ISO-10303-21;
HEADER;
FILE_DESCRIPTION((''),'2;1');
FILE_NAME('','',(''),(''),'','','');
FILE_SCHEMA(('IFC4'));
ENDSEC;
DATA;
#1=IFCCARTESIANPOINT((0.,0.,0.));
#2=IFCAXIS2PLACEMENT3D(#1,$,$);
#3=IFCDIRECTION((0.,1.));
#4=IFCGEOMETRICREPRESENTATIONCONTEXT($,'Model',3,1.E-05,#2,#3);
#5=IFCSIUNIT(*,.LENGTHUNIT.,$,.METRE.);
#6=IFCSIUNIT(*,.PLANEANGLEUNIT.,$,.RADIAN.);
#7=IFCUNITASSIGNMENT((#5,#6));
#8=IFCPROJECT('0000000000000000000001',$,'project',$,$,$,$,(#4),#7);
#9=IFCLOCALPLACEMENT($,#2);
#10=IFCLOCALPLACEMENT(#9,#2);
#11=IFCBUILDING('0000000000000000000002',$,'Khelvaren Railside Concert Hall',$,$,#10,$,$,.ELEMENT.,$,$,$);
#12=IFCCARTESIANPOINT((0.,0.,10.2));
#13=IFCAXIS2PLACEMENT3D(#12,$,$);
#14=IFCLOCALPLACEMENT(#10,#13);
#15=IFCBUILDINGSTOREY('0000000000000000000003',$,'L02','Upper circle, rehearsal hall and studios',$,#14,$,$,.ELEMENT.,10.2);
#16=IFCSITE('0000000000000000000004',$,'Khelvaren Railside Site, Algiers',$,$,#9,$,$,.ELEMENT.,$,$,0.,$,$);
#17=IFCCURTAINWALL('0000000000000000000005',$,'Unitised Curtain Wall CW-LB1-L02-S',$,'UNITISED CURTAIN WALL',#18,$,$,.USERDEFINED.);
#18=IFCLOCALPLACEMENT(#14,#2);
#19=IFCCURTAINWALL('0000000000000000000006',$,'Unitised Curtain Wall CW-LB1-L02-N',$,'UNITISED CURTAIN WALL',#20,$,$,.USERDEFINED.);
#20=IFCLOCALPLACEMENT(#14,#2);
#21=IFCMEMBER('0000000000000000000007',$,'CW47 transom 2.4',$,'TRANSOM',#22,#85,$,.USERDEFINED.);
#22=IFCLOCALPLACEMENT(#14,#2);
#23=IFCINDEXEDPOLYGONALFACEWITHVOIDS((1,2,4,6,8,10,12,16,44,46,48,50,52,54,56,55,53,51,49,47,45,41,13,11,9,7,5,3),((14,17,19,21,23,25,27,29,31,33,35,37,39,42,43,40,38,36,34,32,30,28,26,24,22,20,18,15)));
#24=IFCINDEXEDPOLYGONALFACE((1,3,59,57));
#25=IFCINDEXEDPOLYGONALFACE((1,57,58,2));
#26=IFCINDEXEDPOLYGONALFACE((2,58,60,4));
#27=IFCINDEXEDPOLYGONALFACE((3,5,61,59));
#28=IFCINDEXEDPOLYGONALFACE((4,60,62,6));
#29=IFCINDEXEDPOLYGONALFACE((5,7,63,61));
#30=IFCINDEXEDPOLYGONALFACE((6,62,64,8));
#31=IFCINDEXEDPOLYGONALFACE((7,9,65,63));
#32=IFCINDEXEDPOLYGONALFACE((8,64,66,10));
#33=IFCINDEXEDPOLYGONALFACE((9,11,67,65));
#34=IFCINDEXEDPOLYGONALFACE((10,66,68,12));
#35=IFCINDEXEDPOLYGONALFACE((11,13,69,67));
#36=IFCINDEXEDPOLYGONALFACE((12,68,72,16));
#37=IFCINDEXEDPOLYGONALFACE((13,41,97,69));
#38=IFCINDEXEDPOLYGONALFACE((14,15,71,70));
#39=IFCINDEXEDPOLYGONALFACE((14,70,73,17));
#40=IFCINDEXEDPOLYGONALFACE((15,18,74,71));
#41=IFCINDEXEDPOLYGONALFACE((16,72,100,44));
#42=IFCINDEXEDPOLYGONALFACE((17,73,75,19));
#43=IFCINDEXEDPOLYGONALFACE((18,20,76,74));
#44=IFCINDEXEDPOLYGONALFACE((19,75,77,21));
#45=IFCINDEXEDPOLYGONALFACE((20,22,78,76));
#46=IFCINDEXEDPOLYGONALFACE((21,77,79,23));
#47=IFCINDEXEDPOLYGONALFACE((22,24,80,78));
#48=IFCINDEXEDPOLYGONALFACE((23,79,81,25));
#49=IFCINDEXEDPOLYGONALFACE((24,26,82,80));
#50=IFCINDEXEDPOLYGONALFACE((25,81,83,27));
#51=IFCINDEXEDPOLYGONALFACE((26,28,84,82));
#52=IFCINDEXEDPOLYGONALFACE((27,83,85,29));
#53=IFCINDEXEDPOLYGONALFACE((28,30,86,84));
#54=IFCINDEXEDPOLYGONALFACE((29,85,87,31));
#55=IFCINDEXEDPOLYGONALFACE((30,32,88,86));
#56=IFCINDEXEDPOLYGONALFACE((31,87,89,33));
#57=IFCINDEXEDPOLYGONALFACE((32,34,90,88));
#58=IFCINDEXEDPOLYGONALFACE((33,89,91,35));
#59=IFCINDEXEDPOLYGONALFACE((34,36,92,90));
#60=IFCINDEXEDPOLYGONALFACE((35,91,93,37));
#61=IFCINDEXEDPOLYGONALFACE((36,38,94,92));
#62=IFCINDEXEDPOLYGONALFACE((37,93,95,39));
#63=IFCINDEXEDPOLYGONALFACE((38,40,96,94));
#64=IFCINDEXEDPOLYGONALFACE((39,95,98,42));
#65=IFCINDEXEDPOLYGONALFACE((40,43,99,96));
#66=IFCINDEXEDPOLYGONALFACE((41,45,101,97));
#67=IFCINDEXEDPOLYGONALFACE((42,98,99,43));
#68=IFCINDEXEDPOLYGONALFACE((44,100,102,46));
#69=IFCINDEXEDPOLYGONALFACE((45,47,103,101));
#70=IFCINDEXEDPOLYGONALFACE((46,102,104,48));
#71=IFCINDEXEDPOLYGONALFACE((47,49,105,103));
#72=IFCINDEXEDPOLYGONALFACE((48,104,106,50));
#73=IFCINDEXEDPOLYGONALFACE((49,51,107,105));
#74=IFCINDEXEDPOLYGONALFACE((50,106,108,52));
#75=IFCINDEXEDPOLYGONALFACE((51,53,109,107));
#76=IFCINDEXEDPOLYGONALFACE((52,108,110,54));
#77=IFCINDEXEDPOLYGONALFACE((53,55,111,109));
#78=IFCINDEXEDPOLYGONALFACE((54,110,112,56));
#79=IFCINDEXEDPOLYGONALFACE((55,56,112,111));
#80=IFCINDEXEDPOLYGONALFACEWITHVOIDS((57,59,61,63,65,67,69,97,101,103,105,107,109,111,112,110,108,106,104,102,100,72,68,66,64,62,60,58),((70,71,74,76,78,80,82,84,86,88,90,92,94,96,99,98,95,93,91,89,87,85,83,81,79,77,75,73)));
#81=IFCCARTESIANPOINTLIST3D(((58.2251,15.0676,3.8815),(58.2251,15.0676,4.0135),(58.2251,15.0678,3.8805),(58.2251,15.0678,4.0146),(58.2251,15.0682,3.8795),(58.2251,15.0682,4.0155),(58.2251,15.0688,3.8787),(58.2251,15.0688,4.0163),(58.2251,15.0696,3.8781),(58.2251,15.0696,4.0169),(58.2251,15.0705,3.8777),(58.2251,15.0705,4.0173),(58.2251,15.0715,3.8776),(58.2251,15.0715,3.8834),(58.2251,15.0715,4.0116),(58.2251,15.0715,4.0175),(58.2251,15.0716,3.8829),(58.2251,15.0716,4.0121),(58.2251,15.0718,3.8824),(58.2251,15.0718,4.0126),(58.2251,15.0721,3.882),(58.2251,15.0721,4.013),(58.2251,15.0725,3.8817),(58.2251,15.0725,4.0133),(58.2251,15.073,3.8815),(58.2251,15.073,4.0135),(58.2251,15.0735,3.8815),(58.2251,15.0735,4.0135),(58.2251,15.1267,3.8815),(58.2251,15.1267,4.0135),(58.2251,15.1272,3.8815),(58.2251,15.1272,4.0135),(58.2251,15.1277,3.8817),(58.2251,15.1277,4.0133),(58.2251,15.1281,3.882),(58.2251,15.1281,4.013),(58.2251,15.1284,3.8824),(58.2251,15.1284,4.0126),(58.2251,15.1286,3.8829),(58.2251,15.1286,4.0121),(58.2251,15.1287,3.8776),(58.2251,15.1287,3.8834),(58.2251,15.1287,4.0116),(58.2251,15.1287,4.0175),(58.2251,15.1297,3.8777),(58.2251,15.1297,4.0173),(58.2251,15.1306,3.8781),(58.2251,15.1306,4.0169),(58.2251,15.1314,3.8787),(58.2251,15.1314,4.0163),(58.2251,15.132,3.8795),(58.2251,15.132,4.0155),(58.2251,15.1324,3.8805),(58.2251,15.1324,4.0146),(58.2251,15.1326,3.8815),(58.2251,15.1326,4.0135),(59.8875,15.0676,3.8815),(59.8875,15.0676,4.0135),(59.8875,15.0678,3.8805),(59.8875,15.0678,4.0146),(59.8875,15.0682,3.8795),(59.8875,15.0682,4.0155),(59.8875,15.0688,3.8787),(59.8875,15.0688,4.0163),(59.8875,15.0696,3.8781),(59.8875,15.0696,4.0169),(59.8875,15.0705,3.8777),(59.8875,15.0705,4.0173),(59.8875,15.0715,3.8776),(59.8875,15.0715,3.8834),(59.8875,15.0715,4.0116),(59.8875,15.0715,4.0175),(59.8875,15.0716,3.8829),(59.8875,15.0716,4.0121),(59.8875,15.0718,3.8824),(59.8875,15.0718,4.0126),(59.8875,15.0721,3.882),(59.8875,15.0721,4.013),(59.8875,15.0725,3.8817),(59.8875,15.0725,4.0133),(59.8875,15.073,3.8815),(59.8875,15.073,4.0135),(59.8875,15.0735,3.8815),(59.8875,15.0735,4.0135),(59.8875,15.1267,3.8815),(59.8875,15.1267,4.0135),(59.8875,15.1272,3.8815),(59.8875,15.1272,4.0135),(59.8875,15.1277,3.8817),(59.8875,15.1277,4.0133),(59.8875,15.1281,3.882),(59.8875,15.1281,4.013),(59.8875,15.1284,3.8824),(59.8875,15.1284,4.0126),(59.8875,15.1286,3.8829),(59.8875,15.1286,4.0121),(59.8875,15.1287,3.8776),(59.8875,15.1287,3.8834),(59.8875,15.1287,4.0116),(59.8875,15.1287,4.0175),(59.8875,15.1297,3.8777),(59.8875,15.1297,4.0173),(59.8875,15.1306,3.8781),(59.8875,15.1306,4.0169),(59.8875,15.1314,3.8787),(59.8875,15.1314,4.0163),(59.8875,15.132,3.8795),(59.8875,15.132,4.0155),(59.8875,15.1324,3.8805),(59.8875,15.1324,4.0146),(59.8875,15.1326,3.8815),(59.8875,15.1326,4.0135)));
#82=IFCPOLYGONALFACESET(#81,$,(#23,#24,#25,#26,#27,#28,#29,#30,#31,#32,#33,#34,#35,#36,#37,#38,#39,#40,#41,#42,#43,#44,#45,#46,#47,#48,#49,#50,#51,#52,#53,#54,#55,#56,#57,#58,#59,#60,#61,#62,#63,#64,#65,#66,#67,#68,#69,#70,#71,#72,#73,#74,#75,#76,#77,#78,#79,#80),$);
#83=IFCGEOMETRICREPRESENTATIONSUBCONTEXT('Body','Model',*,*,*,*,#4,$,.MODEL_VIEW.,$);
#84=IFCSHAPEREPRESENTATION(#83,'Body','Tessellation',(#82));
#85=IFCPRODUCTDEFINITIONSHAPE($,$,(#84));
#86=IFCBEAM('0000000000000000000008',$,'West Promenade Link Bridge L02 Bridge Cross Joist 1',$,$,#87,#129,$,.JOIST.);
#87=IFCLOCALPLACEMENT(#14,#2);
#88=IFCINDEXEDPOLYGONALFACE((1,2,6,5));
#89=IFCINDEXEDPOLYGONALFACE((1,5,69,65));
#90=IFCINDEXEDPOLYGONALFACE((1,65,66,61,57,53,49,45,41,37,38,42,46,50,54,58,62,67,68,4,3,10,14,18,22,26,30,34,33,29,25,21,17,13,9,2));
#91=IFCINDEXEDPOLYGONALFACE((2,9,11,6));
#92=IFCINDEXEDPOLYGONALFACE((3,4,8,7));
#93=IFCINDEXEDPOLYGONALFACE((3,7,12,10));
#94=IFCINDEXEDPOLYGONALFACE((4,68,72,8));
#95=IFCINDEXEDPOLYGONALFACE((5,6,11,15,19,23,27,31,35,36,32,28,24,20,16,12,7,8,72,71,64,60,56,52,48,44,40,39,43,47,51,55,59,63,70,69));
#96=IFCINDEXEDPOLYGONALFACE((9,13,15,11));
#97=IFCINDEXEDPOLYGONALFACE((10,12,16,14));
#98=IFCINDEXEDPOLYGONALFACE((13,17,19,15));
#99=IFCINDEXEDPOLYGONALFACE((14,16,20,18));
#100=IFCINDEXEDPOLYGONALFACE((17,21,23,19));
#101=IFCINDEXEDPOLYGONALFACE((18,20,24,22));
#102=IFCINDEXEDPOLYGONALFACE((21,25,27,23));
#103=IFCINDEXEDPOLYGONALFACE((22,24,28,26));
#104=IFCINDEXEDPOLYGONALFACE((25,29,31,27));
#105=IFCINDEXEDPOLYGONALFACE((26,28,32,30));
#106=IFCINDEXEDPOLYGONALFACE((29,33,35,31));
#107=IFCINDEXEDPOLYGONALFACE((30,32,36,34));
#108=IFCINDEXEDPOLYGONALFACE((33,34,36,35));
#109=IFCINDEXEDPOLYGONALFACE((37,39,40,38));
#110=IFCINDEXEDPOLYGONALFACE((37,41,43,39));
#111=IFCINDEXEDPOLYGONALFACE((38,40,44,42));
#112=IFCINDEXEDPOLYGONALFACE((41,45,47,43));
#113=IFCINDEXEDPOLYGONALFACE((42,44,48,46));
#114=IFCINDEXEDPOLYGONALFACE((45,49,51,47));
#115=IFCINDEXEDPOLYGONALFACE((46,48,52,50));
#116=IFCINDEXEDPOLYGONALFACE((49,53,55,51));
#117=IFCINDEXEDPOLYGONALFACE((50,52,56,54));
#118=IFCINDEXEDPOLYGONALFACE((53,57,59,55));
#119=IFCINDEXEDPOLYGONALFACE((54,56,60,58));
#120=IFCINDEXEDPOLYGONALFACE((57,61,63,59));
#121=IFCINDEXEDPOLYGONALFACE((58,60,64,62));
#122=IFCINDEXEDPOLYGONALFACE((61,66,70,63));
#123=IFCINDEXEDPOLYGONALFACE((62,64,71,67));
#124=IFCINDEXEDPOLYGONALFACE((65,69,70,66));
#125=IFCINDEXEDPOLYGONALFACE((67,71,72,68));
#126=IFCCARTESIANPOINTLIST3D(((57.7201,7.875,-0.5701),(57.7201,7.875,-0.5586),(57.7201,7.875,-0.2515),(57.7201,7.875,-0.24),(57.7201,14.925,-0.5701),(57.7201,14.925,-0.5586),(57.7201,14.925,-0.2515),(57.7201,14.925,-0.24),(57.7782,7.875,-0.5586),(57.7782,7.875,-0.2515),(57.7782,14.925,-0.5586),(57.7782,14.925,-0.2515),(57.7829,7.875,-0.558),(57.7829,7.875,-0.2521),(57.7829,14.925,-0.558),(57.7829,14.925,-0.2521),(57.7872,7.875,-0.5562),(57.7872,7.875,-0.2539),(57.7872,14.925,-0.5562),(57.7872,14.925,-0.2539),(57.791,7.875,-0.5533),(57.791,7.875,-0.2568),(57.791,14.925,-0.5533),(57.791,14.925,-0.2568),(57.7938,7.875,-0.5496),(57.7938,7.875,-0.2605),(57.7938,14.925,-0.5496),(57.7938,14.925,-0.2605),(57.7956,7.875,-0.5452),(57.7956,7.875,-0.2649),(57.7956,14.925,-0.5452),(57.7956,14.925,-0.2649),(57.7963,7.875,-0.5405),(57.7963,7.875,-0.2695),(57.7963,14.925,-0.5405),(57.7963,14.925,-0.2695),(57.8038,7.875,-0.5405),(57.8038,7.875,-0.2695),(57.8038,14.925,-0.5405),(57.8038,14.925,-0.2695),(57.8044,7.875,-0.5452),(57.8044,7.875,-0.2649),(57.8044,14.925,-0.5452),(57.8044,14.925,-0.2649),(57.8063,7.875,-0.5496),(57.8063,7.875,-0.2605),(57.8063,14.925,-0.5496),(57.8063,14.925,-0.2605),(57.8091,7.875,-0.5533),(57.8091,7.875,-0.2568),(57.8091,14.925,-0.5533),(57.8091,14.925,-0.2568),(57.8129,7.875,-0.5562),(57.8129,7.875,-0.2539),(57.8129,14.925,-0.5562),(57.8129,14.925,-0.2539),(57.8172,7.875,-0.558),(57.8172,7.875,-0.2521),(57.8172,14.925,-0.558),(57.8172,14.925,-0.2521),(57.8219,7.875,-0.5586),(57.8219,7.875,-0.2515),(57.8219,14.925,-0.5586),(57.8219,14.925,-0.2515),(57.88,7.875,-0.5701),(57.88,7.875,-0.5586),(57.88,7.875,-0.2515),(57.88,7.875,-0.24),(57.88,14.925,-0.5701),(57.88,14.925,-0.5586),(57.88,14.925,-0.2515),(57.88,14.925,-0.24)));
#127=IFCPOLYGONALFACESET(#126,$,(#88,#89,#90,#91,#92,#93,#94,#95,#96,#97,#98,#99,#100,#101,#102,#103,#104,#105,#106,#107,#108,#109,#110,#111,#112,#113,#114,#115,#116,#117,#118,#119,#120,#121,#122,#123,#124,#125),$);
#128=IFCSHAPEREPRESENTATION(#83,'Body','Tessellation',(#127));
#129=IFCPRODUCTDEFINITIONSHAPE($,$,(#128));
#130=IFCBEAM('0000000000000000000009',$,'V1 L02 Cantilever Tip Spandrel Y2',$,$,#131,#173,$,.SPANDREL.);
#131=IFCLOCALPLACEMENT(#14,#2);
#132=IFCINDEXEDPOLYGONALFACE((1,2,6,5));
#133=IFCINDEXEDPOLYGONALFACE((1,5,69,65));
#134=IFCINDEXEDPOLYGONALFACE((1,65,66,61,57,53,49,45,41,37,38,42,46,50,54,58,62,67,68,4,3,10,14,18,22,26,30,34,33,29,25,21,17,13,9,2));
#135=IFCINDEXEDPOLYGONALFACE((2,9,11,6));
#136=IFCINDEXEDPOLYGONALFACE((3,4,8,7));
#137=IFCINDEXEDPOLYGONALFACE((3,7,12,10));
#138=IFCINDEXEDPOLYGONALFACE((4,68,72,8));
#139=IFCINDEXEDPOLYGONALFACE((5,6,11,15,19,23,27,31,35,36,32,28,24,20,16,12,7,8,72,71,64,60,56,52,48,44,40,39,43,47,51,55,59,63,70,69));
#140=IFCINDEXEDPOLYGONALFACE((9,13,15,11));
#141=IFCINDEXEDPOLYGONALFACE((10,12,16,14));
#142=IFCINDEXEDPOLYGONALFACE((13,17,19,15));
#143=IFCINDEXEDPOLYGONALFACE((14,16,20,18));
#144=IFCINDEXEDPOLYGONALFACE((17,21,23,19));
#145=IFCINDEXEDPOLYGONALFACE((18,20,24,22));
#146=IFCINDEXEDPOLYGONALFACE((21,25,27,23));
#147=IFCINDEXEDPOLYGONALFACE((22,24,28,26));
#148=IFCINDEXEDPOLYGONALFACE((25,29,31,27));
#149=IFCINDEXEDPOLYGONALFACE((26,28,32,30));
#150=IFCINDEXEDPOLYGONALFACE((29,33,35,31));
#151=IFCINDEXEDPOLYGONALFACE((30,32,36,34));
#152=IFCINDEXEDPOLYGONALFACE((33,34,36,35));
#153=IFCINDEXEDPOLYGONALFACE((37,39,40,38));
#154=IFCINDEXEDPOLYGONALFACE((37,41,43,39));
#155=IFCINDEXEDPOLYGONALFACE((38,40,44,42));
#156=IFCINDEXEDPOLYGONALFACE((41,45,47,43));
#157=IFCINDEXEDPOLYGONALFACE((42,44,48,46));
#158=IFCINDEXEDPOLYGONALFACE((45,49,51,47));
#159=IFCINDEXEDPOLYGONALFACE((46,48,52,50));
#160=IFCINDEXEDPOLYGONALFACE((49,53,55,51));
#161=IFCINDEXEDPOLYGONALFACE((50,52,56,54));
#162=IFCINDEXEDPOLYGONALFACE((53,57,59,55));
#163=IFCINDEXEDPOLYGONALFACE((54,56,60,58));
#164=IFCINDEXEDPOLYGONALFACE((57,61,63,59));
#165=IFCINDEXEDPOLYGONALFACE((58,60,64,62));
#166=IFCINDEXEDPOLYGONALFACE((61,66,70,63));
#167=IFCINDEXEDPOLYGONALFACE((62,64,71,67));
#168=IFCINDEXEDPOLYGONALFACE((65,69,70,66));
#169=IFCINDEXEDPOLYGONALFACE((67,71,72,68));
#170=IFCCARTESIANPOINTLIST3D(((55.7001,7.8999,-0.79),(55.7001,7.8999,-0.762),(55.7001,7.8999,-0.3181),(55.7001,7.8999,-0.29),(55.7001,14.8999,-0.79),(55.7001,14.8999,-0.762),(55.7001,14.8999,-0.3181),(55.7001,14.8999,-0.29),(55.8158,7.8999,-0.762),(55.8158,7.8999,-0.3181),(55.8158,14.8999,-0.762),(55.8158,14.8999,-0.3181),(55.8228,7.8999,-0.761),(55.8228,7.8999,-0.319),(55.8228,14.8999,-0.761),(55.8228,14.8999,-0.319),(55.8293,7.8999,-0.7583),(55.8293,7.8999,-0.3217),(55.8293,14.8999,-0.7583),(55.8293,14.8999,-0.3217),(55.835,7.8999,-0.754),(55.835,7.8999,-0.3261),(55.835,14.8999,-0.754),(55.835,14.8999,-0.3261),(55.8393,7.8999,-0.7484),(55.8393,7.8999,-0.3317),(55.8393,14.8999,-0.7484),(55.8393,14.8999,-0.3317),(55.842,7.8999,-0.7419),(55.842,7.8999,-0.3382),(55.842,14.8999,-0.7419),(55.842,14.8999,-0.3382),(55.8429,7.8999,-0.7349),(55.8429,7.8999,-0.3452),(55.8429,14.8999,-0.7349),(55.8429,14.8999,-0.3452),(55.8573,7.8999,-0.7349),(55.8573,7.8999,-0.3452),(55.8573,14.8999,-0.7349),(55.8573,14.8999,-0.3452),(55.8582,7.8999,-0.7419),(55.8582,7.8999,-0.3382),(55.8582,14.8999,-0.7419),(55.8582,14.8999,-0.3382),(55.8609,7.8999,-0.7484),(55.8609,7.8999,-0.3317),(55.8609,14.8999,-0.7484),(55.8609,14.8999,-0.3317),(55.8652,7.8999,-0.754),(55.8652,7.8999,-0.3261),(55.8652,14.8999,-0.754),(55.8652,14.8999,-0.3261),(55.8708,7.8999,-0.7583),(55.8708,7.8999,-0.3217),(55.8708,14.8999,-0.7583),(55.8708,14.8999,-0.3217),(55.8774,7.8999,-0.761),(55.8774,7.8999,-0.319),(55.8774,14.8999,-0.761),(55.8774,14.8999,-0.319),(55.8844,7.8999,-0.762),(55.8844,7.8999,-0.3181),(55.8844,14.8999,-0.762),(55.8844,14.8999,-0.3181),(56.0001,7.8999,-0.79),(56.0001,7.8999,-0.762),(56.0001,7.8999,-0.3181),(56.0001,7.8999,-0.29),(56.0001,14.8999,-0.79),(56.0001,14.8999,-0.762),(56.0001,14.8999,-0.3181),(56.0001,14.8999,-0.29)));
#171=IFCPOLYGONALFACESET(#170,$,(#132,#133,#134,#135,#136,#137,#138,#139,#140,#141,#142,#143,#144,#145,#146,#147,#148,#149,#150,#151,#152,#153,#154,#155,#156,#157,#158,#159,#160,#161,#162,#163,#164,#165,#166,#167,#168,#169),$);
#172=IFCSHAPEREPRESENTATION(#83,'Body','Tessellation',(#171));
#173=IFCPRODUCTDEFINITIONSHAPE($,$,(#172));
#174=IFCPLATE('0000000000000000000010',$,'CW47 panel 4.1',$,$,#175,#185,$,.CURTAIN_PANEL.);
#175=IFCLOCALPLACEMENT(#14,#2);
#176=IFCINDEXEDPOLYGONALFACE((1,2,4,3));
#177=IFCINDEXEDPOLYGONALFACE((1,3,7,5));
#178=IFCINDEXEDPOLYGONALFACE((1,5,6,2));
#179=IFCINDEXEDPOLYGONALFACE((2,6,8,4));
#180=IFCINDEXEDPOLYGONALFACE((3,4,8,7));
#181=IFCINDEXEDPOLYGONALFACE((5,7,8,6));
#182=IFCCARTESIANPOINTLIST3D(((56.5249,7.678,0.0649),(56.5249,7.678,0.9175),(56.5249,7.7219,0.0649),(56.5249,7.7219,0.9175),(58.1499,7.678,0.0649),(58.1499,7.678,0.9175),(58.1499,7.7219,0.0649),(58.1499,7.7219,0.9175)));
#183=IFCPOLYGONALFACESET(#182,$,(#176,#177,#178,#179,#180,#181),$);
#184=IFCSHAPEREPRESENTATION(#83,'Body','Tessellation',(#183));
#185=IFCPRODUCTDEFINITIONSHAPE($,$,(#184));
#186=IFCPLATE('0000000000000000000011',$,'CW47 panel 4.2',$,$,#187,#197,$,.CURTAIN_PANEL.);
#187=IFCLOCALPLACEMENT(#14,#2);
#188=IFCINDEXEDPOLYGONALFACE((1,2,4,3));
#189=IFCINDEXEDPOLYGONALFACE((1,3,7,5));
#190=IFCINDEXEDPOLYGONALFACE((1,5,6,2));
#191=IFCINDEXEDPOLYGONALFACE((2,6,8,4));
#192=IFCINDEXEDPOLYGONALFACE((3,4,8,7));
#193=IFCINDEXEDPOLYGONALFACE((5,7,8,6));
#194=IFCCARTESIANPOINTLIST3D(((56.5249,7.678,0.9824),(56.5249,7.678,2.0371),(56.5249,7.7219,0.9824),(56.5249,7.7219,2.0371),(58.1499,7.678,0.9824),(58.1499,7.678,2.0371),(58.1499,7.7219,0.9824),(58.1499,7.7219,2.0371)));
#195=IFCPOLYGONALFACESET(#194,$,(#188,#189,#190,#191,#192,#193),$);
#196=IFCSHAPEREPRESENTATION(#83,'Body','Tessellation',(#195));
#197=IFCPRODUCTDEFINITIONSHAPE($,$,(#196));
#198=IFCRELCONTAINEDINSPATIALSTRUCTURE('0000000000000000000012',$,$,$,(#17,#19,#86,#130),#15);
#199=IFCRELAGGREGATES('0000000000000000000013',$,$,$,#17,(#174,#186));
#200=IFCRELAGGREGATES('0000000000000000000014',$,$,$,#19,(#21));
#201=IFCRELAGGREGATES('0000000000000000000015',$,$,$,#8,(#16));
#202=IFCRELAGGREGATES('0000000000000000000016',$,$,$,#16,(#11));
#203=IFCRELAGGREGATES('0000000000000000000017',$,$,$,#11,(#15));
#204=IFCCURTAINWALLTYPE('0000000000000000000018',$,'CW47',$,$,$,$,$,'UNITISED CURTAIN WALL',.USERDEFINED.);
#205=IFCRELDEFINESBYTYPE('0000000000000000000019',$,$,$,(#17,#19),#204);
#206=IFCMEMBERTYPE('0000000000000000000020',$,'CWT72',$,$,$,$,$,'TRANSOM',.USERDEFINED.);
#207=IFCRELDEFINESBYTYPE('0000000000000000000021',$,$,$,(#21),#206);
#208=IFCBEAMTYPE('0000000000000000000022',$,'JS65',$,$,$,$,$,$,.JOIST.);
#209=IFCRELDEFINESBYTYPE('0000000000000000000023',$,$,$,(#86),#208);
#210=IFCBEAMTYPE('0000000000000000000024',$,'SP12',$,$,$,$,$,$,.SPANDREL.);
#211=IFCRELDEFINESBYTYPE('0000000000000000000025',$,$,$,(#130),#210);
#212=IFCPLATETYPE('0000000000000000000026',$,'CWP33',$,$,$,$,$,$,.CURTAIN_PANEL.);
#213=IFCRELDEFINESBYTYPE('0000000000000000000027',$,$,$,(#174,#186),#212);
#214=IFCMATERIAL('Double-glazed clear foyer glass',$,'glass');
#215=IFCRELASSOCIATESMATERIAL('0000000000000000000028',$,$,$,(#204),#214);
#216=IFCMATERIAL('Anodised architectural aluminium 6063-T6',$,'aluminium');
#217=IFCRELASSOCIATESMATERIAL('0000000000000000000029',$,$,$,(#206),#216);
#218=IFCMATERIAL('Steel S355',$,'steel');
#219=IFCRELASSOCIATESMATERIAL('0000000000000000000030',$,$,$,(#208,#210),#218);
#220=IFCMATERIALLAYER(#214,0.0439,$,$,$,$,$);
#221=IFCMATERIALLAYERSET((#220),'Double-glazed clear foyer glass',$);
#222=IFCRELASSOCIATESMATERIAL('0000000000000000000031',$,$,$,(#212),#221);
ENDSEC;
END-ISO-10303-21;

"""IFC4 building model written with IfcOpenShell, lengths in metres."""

from ifc_helpers import new_model, si_unit, direction, frame, origin, origin_2d, place, context, subcontext, project, spatial, rectangle, hollow_rectangle, i_section, extrude, material, layer, layer_set, material_profile, profile_set, type_object, element, aggregate, save


model = new_model("IFC4")

# Units and contexts
model_context = context("Model", 3, precision=1e-05, world=origin(), true_north=direction((0.0, 1.0)))
body_context = subcontext(model_context, "Body", "Model", "MODEL_VIEW")
ifc_project = project(units=[si_unit("LENGTHUNIT", "METRE"), si_unit("PLANEANGLEUNIT", "RADIAN")], contexts=[model_context])

# Site, building, storey
site_placement = place(None, origin())
site = spatial("IfcSite", under=ifc_project, at=site_placement, Name="Khelvaren Railside Site, Algiers", CompositionType="ELEMENT", RefElevation=0.0)
building_placement = place(site_placement, origin())
building = spatial("IfcBuilding", under=site, at=building_placement, Name="Khelvaren Railside Concert Hall", CompositionType="ELEMENT")
storey_placement = place(building_placement, frame((0.0, 0.0, 10.2)))
storey = spatial("IfcBuildingStorey", under=building, at=storey_placement, Name="L02", Description="Upper circle, rehearsal hall and studios", CompositionType="ELEMENT", Elevation=10.2)

# Shared definitions
ifc_material_1 = material(Name="Double-glazed clear foyer glass", Category="glass")
ifc_material_2 = material(Name="Anodised architectural aluminium 6063-T6", Category="aluminium")

# Curtain walls
curtain_wall_type_1 = type_object("IfcCurtainWallType", Name="CW47", ElementType="UNITISED CURTAIN WALL", PredefinedType="USERDEFINED", material=ifc_material_1)
curtain_wall_1_placement = place(storey_placement, origin())
curtain_wall_1 = element("IfcCurtainWall", 1, at=curtain_wall_1_placement, inside=storey, type_object=curtain_wall_type_1, Name="Unitised Curtain Wall CW-LB1-L02-S", ObjectType="UNITISED CURTAIN WALL", PredefinedType="USERDEFINED")
curtain_wall_2_placement = place(storey_placement, origin())
curtain_wall_2 = element("IfcCurtainWall", 2, at=curtain_wall_2_placement, inside=storey, type_object=curtain_wall_type_1, Name="Unitised Curtain Wall CW-LB1-L02-N", ObjectType="UNITISED CURTAIN WALL", PredefinedType="USERDEFINED")

# Member
ifc_material_profile_1 = material_profile(ifc_material_2, hollow_rectangle(XDim=0.0649, YDim=0.1399, WallThickness=0.0039, InnerFilletRadius=0.002, OuterFilletRadius=0.0039, at=origin_2d()), Name="CWT 65x140x4")
ifc_profile_set_1 = profile_set([ifc_material_profile_1], Name="Anodised architectural aluminium 6063-T6")
member_type_1 = type_object("IfcMemberType", Name="CWT72", ElementType="TRANSOM", PredefinedType="USERDEFINED", material=ifc_profile_set_1)
member_1_placement = place(storey_placement, frame((58.2251, 15.1001, 3.9475), z_axis=(1.0, 0.0, 0.0), x_axis=(0.0, 1.0, 0.0)))
member_1 = element("IfcMember", 3, at=member_1_placement, type_object=member_type_1, Name="CW47 transom 2.4", ObjectType="TRANSOM", PredefinedType="USERDEFINED", context=body_context, shape_type="SweptSolid", body=[
    extrude(hollow_rectangle(XDim=0.0649, YDim=0.1399, WallThickness=0.0039, InnerFilletRadius=0.002, OuterFilletRadius=0.0039, at=origin_2d()), origin(), (0.0, 0.0, 1.0), 1.6624),
])

# Beams
ifc_material_3 = material(Name="Steel S355", Category="steel")
ifc_material_profile_2 = material_profile(ifc_material_3, i_section(OverallWidth=0.1599, OverallDepth=0.3301, WebThickness=0.0076, FlangeThickness=0.0115, FilletRadius=0.0181, at=origin_2d()), Name="IPE 330")
ifc_profile_set_2 = profile_set([ifc_material_profile_2], Name="Steel S355")
beam_type_1 = type_object("IfcBeamType", Name="JS65", PredefinedType="JOIST", material=ifc_profile_set_2)
beam_1_placement = place(storey_placement, frame((57.8, 7.875, -0.405), z_axis=(0.0, 1.0, 0.0), x_axis=(-1.0, 0.0, 0.0)))
element("IfcBeam", 4, at=beam_1_placement, inside=storey, type_object=beam_type_1, Name="West Promenade Link Bridge L02 Bridge Cross Joist 1", PredefinedType="JOIST", context=body_context, shape_type="SweptSolid", body=[
    extrude(i_section(OverallWidth=0.1599, OverallDepth=0.3301, WebThickness=0.0076, FlangeThickness=0.0115, FilletRadius=0.0181, at=origin_2d()), origin(), (0.0, 0.0, 1.0), 7.05),
])
ifc_material_profile_3 = material_profile(ifc_material_3, i_section(OverallWidth=0.3, OverallDepth=0.5, WebThickness=0.0144, FlangeThickness=0.0281, FilletRadius=0.0271, at=origin_2d()), Name="HEB 500")
ifc_profile_set_3 = profile_set([ifc_material_profile_3], Name="Steel S355")
beam_type_2 = type_object("IfcBeamType", Name="SP12", PredefinedType="SPANDREL", material=ifc_profile_set_3)
beam_2_placement = place(storey_placement, frame((55.8501, 7.8999, -0.54), z_axis=(0.0, 1.0, 0.0), x_axis=(-1.0, 0.0, 0.0)))
element("IfcBeam", 5, at=beam_2_placement, inside=storey, type_object=beam_type_2, Name="V1 L02 Cantilever Tip Spandrel Y2", PredefinedType="SPANDREL", context=body_context, shape_type="SweptSolid", body=[
    extrude(i_section(OverallWidth=0.3, OverallDepth=0.5, WebThickness=0.0144, FlangeThickness=0.0281, FilletRadius=0.0271, at=origin_2d()), origin(), (0.0, 0.0, 1.0), 7.0),
])

# Plates
ifc_layer = layer(ifc_material_1, 0.0439)
ifc_layer_set = layer_set([ifc_layer], Name="Double-glazed clear foyer glass")
plate_type = type_object("IfcPlateType", Name="CWP33", PredefinedType="CURTAIN_PANEL", material=ifc_layer_set)
plate_1_placement = place(storey_placement, frame((57.3374, 7.7, 0.0649), z_axis=(0.0, 0.0, 1.0), x_axis=(-1.0, 0.0, 0.0)))
plate_1 = element("IfcPlate", 6, at=plate_1_placement, type_object=plate_type, Name="CW47 panel 4.1", PredefinedType="CURTAIN_PANEL", context=body_context, shape_type="SweptSolid", body=[
    extrude(rectangle(XDim=1.625, YDim=0.0439, at=origin_2d()), origin(), (0.0, 0.0, 1.0), 0.8525),
])
plate_2_placement = place(storey_placement, frame((57.3374, 7.7, 0.9824), z_axis=(0.0, 0.0, 1.0), x_axis=(-1.0, 0.0, 0.0)))
plate_2 = element("IfcPlate", 7, at=plate_2_placement, type_object=plate_type, Name="CW47 panel 4.2", PredefinedType="CURTAIN_PANEL", context=body_context, shape_type="SweptSolid", body=[
    extrude(rectangle(XDim=1.625, YDim=0.0439, at=origin_2d()), origin(), (0.0, 0.0, 1.0), 1.0547),
])
aggregate(curtain_wall_1, [plate_1, plate_2])
aggregate(curtain_wall_2, [member_1])

save(model, "model.ifc")
